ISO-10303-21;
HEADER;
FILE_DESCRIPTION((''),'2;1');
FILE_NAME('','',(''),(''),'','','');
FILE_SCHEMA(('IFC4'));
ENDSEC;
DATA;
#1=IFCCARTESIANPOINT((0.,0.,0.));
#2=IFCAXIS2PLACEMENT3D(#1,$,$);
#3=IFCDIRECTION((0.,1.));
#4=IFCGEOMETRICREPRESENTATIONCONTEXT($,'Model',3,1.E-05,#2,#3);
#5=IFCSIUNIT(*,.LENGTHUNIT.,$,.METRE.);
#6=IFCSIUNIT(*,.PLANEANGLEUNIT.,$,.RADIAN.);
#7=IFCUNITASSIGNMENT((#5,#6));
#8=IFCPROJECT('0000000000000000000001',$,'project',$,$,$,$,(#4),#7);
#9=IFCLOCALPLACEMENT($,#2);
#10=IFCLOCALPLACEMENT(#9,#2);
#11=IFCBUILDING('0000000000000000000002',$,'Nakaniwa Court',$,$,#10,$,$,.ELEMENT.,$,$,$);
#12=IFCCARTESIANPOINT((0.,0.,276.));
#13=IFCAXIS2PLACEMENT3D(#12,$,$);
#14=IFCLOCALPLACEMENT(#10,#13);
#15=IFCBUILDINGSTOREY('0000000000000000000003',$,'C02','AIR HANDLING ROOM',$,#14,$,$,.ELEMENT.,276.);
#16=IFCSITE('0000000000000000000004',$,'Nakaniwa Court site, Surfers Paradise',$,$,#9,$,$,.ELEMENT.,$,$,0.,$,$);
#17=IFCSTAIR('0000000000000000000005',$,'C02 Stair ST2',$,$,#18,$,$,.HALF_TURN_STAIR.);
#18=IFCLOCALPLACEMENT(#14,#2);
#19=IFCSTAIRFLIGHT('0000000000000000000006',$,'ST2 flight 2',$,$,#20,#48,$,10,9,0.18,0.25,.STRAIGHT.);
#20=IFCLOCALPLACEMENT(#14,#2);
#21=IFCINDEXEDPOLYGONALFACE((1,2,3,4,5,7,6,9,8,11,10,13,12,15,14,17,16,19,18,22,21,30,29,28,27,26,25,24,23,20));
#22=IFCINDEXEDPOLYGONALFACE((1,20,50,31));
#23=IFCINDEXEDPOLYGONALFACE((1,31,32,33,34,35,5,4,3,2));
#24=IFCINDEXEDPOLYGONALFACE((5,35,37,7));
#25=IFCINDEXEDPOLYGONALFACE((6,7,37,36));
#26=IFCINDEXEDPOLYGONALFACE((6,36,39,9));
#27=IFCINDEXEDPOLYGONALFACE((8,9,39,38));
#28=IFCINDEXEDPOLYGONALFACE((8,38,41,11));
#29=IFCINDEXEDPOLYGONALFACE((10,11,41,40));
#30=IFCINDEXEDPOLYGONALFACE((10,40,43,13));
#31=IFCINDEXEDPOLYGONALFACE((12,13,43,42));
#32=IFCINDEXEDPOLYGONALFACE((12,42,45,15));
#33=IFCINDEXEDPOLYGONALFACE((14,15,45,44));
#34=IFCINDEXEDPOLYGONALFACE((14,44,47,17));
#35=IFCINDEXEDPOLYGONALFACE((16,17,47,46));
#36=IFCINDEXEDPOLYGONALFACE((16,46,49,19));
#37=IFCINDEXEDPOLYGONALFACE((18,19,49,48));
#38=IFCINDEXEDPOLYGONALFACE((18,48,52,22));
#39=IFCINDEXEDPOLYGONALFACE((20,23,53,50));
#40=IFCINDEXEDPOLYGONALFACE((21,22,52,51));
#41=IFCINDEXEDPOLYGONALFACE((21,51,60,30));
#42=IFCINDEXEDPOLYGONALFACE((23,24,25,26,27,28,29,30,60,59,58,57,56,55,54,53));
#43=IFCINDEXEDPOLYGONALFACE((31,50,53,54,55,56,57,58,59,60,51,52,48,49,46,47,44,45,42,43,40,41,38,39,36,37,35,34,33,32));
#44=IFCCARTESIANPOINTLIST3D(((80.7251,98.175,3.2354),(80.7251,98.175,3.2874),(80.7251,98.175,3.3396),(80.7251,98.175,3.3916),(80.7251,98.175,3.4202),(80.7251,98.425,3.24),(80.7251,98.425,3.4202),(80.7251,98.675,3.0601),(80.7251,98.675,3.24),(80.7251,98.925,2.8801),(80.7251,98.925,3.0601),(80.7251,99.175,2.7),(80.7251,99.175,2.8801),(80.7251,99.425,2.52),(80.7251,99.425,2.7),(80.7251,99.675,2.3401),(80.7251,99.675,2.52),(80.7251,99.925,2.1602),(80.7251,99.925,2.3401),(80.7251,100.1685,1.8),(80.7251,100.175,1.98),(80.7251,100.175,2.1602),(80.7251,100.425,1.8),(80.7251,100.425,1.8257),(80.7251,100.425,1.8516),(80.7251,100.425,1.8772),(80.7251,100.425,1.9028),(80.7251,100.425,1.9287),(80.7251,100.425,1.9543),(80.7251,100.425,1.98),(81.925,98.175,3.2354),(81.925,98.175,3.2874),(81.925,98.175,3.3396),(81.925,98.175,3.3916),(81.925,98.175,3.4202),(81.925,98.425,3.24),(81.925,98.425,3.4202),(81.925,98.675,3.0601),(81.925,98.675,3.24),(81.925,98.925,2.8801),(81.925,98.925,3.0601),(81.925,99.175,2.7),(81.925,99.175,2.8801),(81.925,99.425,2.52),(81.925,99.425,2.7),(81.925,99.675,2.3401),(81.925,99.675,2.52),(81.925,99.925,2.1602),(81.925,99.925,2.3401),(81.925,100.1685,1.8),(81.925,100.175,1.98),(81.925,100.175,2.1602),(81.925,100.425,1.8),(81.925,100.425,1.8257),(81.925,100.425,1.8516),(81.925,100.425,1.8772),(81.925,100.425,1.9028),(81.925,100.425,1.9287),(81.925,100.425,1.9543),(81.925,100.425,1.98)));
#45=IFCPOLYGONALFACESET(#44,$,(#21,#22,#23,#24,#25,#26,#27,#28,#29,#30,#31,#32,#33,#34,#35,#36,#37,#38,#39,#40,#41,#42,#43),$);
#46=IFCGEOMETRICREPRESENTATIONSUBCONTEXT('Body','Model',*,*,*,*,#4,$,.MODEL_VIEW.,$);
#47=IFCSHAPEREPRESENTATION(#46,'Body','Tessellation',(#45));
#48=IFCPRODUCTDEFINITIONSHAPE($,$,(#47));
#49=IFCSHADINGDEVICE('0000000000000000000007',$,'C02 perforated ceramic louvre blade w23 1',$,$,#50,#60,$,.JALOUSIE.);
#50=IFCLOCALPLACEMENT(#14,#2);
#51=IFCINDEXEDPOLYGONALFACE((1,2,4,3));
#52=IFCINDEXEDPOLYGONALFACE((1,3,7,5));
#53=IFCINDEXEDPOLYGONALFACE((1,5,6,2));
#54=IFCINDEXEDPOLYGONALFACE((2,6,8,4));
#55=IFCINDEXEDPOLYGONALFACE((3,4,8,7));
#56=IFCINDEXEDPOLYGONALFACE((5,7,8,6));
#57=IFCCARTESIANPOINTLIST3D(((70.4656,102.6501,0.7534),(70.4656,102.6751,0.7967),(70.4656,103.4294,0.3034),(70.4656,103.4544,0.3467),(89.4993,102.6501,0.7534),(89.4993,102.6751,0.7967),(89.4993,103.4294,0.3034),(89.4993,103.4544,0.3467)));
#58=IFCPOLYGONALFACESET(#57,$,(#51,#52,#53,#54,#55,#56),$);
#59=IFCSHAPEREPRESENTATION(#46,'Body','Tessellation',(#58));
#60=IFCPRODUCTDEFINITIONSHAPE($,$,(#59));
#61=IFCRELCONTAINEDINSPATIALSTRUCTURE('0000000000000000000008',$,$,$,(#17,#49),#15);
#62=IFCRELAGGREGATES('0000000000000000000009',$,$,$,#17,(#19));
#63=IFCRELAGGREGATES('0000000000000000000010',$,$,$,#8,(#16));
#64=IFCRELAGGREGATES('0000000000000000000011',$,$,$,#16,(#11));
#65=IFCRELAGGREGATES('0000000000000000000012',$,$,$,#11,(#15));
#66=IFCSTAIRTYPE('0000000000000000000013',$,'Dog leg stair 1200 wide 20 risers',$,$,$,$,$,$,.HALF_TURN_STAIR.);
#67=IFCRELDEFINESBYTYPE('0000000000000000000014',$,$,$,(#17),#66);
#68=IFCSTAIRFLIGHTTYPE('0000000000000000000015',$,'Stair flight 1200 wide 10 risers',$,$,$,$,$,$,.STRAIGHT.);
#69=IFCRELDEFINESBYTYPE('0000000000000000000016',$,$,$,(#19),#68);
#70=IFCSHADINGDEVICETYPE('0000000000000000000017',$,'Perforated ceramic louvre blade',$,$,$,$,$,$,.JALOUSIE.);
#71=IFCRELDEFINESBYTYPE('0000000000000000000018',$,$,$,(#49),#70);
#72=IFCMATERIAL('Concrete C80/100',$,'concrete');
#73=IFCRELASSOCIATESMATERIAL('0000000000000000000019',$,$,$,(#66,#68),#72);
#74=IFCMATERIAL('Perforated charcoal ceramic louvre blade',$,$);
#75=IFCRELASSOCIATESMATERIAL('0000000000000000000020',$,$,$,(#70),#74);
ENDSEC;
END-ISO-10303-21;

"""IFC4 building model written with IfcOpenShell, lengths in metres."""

from ifc_helpers import new_model, si_unit, direction, frame, origin, origin_2d, place, context, subcontext, project, spatial, polyline, rectangle, outline, extrude, material, material_profile, profile_set, type_object, element, aggregate, save


model = new_model("IFC4")

# Units and contexts
model_context = context("Model", 3, precision=1e-05, world=origin(), true_north=direction((0.0, 1.0)))
body_context = subcontext(model_context, "Body", "Model", "MODEL_VIEW")
ifc_project = project(units=[si_unit("LENGTHUNIT", "METRE"), si_unit("PLANEANGLEUNIT", "RADIAN")], contexts=[model_context])

# Site, building, storey
site_placement = place(None, origin())
site = spatial("IfcSite", under=ifc_project, at=site_placement, Name="Nakaniwa Court site, Surfers Paradise", CompositionType="ELEMENT", RefElevation=0.0)
building_placement = place(site_placement, origin())
building = spatial("IfcBuilding", under=site, at=building_placement, Name="Nakaniwa Court", CompositionType="ELEMENT")
storey_placement = place(building_placement, frame((0.0, 0.0, 276.0)))
storey = spatial("IfcBuildingStorey", under=building, at=storey_placement, Name="C02", Description="AIR HANDLING ROOM", CompositionType="ELEMENT", Elevation=276.0)

# Shared definitions
ifc_material_1 = material(Name="Concrete C80/100", Category="concrete")

# Stair, stair flight
stair_type = type_object("IfcStairType", Name="Dog leg stair 1200 wide 20 risers", PredefinedType="HALF_TURN_STAIR", material=ifc_material_1)
stair_placement = place(storey_placement, origin())
stair = element("IfcStair", 1, at=stair_placement, inside=storey, type_object=stair_type, Name="C02 Stair ST2", PredefinedType="HALF_TURN_STAIR")
stair_flight_type = type_object("IfcStairFlightType", Name="Stair flight 1200 wide 10 risers", PredefinedType="STRAIGHT", material=ifc_material_1)
stair_flight_1_placement = place(storey_placement, frame((81.325, 100.425, 1.8), z_axis=(0.0, 0.0, 1.0), x_axis=(0.0, -1.0, 0.0)))
stair_flight_1 = element("IfcStairFlight", 2, at=stair_flight_1_placement, type_object=stair_flight_type, Name="ST2 flight 2", NumberOfRisers=10, NumberOfTreads=9, PredefinedType="STRAIGHT", RiserHeight=0.18, TreadLength=0.25, context=body_context, shape_type="SweptSolid", body=[
    extrude(outline(polyline([(0.0, 0.0), (0.0, 0.0256), (0.0, 0.0515), (0.0, 0.0771), (0.0, 0.1028), (0.0, 0.1287), (0.0, 0.1543), (0.0, 0.1799), (0.25, 0.1799), (0.25, 0.3601), (0.5, 0.3601), (0.5, 0.54), (0.75, 0.54), (0.75, 0.72), (1.0, 0.72), (1.0, 0.8999), (1.25, 0.8999), (1.25, 1.0801), (1.5, 1.0801), (1.5, 1.26), (1.75, 1.26), (1.75, 1.4399), (2.0, 1.4399), (2.0, 1.6201), (2.25, 1.6201), (2.25, 1.8), (2.25, 1.7478), (2.25, 1.6958), (2.25, 1.6438), (2.25, 1.5916), (2.25, 1.5396), (2.25, 1.4873), (2.25, 1.4353), (0.2566, 0.0), (0.0, 0.0)])), frame((0.0, 0.6001, 0.0), z_axis=(0.0, -1.0, 0.0), x_axis=(1.0, 0.0, 0.0)), (0.0, 0.0, 1.0), 1.2),
])
aggregate(stair, [stair_flight_1])

# Shading device
ifc_material_2 = material(Name="Perforated charcoal ceramic louvre blade")
ifc_material_profile = material_profile(ifc_material_2, rectangle(XDim=0.8999, YDim=0.05, at=origin_2d()), Name="Perforated ceramic louvre blade")
ifc_profile_set = profile_set([ifc_material_profile], Name="Perforated charcoal ceramic louvre blade")
shading_device_type = type_object("IfcShadingDeviceType", Name="Perforated ceramic louvre blade", PredefinedType="JALOUSIE", material=ifc_profile_set)
shading_device_placement = place(storey_placement, frame((89.4993, 103.0522, 0.55), z_axis=(-1.0, 0.0, 0.0), x_axis=(0.0, -0.866025, 0.5)))
element("IfcShadingDevice", 3, at=shading_device_placement, inside=storey, type_object=shading_device_type, Name="C02 perforated ceramic louvre blade w23 1", PredefinedType="JALOUSIE", context=body_context, shape_type="SweptSolid", body=[
    extrude(rectangle(XDim=0.8999, YDim=0.05, at=origin_2d()), origin(), (0.0, 0.0, 1.0), 19.0337),
])

save(model, "model.ifc")
